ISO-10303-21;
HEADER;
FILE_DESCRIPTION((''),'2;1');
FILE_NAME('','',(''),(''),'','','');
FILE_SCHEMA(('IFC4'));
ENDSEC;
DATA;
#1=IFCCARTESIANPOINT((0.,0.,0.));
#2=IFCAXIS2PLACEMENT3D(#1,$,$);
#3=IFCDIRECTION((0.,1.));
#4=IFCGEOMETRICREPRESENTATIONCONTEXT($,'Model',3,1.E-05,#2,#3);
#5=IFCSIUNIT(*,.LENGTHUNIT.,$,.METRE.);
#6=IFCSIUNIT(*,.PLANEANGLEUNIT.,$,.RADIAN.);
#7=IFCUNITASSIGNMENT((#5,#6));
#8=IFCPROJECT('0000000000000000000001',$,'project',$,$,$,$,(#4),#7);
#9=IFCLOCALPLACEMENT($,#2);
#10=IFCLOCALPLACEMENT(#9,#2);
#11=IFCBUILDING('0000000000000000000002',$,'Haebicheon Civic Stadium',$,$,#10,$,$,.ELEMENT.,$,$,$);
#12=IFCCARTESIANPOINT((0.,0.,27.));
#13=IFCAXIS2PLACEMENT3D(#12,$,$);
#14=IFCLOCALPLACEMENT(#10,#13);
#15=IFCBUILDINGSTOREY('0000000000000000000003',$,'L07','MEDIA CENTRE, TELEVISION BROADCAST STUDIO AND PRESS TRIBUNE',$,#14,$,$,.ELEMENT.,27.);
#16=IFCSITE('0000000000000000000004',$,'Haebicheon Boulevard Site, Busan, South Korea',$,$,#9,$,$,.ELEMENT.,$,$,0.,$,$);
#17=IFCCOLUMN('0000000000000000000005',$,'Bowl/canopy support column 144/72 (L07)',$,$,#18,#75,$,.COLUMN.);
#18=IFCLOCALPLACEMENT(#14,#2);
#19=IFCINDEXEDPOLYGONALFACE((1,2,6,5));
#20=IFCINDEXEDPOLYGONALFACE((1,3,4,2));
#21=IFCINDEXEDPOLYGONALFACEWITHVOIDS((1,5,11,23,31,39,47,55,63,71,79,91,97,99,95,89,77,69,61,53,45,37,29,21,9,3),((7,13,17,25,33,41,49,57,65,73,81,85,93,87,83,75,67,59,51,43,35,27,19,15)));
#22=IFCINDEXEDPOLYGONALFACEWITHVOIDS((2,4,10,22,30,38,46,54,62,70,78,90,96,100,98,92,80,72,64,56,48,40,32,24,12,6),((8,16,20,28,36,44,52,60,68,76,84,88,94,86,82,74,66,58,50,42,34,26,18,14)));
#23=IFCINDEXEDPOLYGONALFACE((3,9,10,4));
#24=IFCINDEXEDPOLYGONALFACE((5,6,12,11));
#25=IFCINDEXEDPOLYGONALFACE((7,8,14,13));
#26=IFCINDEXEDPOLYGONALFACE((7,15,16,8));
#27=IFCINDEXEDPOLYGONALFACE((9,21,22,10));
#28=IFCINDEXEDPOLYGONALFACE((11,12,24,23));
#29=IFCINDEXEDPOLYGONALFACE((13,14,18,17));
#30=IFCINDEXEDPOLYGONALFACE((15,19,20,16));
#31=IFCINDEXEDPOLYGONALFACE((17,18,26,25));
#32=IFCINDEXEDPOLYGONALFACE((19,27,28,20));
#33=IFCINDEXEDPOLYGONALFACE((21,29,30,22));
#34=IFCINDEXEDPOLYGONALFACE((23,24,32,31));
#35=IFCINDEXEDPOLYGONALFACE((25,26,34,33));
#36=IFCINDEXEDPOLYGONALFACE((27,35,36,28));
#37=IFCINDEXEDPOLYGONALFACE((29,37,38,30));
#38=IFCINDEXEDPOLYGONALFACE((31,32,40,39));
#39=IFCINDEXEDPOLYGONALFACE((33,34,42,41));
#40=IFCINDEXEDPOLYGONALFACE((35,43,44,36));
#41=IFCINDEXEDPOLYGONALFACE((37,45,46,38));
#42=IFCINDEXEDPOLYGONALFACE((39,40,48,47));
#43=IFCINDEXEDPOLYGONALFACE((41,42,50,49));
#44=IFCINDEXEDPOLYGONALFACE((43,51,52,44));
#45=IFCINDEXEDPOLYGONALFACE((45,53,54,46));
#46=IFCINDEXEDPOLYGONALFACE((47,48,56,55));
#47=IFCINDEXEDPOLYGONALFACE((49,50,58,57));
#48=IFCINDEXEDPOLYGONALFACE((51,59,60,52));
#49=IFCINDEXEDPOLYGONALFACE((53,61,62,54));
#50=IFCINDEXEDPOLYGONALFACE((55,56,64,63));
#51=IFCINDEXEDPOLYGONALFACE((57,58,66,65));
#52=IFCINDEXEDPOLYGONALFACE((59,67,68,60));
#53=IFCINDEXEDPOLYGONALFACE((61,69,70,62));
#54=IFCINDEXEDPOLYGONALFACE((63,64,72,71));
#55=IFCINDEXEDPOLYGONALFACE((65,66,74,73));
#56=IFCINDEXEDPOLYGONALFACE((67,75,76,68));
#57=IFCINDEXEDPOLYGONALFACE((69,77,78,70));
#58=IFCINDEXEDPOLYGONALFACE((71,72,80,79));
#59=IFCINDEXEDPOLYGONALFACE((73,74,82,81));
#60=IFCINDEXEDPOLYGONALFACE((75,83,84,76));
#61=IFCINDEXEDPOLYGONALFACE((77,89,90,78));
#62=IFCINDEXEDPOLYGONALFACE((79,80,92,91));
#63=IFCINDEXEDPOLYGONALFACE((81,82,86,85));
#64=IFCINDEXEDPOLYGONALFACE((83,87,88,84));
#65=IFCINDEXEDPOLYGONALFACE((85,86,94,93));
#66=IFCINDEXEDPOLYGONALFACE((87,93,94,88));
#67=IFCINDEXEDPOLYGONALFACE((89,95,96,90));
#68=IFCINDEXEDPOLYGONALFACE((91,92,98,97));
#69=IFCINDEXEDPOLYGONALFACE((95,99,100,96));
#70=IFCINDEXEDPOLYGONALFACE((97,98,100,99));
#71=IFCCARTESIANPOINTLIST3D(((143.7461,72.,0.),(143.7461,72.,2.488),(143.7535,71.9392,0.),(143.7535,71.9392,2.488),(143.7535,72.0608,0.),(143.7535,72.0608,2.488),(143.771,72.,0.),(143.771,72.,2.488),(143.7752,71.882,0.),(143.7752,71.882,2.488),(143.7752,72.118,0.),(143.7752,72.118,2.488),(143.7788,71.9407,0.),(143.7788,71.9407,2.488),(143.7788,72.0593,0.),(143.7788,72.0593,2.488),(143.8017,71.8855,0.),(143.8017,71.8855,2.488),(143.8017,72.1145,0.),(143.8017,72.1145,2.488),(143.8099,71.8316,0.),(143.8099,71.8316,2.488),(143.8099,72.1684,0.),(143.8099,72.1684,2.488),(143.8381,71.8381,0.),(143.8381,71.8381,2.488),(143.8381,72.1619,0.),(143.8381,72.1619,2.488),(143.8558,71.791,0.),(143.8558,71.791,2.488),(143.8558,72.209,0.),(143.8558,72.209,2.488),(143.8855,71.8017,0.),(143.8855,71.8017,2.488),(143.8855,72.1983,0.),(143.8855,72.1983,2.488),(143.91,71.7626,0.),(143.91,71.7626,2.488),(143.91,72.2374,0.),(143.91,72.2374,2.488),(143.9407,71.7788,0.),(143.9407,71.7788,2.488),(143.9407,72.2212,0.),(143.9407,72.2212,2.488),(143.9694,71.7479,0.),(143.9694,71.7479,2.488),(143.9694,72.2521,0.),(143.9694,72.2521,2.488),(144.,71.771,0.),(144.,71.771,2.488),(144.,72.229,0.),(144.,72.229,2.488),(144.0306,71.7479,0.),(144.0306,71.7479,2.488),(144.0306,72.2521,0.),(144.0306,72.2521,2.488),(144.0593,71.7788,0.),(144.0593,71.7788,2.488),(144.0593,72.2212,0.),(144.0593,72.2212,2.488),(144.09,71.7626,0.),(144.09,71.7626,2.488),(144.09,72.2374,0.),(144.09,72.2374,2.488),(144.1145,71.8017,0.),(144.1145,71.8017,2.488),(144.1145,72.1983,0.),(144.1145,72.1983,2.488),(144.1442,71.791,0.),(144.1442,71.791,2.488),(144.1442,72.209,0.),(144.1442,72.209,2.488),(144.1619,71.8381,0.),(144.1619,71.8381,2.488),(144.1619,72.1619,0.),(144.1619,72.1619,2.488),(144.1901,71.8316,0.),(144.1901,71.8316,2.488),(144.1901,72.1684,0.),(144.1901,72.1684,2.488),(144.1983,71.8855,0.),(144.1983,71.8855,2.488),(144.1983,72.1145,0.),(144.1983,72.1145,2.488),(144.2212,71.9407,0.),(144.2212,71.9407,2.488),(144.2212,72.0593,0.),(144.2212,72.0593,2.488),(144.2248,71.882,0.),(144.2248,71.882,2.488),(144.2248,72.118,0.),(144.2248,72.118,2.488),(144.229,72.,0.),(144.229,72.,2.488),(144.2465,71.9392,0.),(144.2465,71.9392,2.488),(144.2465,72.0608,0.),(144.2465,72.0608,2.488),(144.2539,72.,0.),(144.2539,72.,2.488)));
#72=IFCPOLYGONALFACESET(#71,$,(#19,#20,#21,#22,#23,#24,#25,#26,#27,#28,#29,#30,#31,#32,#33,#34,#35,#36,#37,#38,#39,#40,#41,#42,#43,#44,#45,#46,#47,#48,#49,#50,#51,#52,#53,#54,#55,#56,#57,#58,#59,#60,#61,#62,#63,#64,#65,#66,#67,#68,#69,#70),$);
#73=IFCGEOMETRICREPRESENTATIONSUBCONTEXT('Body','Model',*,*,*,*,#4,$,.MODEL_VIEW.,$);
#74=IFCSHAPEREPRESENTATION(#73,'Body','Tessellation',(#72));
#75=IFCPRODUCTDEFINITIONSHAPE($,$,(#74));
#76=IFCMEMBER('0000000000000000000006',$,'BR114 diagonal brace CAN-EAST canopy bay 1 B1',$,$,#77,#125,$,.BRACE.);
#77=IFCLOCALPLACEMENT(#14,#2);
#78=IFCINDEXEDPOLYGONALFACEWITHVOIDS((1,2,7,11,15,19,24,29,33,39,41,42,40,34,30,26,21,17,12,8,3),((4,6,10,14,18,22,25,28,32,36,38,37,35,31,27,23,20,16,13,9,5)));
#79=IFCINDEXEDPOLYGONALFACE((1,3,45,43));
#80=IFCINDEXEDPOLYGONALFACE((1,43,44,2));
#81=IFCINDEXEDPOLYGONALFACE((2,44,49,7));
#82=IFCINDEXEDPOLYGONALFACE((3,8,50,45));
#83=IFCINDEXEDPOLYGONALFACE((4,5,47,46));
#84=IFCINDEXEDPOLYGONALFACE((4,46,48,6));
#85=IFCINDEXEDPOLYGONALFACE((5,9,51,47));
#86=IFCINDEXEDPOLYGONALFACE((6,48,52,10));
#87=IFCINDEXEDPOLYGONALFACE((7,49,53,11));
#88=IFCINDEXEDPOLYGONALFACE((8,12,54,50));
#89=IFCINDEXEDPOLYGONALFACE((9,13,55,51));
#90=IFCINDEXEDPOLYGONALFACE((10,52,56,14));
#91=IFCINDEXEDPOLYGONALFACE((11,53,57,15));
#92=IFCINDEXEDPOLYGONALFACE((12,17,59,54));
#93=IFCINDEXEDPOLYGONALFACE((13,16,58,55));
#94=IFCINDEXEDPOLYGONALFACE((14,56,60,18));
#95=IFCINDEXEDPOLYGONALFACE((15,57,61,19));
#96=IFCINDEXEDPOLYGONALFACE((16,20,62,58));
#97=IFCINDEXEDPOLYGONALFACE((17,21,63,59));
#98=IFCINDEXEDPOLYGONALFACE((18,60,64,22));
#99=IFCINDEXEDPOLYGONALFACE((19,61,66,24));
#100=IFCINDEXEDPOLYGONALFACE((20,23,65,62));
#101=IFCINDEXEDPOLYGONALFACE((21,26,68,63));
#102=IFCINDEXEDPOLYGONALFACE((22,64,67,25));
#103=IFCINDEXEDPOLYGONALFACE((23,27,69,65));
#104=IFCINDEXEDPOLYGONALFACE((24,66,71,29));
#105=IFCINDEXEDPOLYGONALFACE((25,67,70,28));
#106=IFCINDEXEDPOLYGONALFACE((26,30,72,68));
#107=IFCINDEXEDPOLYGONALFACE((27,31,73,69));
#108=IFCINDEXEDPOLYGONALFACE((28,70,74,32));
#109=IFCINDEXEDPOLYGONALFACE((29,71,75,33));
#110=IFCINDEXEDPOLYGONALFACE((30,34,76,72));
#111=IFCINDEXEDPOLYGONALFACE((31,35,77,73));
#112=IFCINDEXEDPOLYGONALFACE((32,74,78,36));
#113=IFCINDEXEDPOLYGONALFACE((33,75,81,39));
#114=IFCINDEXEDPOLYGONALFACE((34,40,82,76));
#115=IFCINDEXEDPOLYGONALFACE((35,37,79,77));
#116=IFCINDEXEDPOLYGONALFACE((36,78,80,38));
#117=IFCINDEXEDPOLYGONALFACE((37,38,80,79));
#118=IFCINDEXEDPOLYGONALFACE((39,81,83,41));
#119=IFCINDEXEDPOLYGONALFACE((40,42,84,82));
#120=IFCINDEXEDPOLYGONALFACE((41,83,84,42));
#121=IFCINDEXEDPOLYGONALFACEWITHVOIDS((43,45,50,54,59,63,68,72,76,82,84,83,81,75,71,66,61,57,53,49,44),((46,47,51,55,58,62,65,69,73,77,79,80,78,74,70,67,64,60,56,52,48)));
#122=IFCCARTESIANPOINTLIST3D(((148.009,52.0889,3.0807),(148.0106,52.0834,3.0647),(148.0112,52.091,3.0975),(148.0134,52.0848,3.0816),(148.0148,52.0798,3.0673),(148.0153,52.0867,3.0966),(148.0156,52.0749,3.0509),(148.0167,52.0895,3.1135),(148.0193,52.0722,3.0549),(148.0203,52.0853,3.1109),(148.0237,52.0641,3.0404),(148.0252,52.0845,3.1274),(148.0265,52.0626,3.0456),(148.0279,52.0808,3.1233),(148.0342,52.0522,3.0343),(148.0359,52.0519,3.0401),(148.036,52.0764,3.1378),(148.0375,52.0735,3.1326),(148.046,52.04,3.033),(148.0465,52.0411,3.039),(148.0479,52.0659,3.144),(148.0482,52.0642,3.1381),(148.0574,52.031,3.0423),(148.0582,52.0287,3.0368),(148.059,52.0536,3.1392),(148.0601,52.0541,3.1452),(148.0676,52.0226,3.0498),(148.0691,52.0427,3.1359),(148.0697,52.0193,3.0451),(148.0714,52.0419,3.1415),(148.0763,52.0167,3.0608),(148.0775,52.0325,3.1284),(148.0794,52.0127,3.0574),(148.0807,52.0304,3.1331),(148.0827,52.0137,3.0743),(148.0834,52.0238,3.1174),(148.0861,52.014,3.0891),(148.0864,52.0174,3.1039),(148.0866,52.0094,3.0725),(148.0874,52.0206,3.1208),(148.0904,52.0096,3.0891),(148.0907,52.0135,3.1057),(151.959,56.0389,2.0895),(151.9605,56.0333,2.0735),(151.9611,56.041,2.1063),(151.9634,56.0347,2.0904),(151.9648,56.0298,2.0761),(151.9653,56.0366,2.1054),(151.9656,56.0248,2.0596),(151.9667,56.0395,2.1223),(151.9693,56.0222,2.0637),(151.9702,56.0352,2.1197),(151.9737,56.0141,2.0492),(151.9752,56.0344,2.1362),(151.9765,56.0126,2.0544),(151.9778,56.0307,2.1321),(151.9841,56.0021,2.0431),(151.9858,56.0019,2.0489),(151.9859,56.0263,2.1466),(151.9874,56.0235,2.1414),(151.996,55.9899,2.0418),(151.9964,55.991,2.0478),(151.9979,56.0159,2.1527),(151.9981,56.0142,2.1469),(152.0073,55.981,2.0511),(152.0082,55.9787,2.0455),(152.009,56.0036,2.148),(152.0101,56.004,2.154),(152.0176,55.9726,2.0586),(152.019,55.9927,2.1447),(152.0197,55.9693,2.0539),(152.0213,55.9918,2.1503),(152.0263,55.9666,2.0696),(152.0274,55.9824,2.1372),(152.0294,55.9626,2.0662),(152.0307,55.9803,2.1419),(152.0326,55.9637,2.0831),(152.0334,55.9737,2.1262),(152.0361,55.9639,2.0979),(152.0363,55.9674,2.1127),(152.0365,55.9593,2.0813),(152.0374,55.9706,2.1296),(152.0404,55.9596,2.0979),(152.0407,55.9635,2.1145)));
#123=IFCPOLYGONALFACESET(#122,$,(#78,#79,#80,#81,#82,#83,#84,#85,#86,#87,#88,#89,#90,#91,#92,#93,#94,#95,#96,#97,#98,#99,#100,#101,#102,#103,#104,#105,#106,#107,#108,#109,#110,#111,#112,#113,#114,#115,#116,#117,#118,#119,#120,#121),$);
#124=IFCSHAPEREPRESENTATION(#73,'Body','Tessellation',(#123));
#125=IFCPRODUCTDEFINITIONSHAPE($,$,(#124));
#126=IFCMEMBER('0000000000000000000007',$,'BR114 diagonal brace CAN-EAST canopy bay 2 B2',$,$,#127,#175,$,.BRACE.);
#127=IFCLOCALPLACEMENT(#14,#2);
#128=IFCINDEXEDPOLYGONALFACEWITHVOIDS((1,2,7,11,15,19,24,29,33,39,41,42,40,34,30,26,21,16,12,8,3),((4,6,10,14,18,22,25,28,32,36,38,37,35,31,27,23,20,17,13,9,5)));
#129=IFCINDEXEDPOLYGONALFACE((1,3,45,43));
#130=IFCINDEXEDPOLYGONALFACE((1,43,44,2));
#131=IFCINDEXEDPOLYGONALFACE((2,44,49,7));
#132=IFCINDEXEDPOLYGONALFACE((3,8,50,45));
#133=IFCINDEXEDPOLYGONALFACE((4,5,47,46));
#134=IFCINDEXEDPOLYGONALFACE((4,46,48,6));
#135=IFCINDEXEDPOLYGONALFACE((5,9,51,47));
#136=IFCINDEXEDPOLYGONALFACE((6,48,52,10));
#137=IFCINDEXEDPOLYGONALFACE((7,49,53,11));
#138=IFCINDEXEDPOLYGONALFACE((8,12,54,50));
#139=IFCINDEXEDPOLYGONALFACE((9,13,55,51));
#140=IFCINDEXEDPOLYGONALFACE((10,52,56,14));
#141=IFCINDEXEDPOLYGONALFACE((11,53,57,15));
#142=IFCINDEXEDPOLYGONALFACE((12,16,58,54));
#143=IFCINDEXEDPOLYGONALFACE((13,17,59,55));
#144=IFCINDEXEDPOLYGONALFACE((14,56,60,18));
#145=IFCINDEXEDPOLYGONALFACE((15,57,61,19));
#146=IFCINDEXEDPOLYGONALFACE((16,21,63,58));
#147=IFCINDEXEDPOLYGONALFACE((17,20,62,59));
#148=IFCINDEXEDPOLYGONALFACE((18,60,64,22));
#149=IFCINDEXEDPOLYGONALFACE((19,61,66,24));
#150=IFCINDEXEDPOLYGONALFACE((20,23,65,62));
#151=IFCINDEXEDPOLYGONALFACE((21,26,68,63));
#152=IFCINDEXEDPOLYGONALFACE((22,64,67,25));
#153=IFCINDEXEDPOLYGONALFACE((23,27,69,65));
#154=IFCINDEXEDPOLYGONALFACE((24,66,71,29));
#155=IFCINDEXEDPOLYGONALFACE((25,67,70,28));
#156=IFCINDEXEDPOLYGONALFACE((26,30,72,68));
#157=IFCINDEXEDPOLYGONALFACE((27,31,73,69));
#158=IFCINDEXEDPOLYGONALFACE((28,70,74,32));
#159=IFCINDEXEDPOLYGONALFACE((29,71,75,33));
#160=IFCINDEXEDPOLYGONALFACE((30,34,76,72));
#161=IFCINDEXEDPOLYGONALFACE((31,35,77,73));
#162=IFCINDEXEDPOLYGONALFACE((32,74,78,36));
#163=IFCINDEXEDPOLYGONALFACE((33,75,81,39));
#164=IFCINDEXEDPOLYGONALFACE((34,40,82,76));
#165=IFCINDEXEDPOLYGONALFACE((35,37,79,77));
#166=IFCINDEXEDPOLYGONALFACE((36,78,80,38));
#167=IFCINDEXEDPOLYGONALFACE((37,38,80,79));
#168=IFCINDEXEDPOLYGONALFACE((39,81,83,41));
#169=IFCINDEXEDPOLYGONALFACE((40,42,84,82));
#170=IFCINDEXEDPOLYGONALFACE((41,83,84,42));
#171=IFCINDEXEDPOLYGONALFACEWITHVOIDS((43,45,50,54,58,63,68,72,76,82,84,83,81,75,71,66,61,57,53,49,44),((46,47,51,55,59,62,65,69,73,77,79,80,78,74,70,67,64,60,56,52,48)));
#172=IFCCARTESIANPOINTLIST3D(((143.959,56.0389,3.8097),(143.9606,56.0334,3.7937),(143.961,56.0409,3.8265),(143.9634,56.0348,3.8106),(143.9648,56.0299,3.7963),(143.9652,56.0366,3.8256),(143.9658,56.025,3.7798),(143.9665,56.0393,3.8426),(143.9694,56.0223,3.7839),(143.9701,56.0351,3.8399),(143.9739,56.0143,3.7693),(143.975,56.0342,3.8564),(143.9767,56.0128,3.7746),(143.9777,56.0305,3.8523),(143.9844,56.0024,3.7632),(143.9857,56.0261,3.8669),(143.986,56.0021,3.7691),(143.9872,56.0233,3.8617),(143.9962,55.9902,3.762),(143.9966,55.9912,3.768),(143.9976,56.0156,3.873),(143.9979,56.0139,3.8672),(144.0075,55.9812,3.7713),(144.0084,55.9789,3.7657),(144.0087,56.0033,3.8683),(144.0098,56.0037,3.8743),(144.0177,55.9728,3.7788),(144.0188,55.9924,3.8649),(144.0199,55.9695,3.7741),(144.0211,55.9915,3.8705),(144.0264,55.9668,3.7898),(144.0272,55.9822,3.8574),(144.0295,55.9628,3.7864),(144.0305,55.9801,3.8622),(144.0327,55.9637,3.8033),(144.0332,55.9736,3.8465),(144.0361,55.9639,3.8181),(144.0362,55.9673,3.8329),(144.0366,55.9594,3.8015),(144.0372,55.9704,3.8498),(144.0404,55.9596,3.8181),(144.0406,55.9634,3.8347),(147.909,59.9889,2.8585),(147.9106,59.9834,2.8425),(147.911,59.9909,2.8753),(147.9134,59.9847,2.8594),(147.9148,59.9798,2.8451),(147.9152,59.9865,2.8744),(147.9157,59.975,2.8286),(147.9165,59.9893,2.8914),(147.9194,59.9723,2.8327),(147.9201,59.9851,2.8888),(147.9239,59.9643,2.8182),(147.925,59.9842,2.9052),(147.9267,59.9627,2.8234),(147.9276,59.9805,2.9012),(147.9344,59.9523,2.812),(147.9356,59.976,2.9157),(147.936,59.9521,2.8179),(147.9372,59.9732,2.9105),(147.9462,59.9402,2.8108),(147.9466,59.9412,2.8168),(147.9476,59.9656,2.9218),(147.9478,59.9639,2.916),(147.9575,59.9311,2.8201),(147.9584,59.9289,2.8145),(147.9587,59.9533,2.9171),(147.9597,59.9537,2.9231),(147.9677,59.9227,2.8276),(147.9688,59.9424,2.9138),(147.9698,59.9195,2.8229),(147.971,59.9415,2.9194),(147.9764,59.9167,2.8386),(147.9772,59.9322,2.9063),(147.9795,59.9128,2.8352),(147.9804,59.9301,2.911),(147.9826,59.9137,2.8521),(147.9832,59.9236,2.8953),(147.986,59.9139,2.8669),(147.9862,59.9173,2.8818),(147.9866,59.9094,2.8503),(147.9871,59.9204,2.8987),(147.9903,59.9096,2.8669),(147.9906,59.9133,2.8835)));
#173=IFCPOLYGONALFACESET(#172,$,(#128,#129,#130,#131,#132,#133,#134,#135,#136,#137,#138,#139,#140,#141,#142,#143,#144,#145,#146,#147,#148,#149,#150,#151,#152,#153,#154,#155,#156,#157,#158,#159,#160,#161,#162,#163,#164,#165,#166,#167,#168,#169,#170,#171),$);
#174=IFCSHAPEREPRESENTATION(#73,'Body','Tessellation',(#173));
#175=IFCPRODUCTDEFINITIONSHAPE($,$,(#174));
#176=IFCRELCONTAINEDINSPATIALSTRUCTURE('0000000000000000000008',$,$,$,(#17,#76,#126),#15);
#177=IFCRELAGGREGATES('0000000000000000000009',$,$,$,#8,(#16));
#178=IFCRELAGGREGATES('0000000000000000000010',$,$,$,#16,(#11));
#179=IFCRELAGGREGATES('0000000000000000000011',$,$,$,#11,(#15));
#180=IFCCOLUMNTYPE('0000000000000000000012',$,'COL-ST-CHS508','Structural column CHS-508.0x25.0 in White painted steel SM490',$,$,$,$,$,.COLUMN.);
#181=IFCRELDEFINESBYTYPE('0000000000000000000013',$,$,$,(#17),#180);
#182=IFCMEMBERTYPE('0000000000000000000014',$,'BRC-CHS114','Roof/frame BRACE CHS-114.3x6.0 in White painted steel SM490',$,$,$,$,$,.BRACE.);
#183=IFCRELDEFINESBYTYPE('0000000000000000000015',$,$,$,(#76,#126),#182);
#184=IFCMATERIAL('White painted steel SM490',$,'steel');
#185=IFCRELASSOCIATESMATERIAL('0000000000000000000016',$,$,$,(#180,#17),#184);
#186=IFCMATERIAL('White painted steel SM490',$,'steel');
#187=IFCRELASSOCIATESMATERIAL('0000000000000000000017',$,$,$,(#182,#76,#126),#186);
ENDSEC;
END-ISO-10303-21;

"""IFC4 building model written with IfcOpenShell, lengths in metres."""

from ifc_helpers import new_model, si_unit, direction, frame, origin, origin_2d, place, context, subcontext, project, spatial, hollow_circle, extrude, material, material_profile, profile_set, type_object, element, save


model = new_model("IFC4")

# Units and contexts
model_context = context("Model", 3, precision=1e-05, world=origin(), true_north=direction((0.0, 1.0)))
body_context = subcontext(model_context, "Body", "Model", "MODEL_VIEW")
ifc_project = project(units=[si_unit("LENGTHUNIT", "METRE"), si_unit("PLANEANGLEUNIT", "RADIAN")], contexts=[model_context])

# Site, building, storey
site_placement = place(None, origin())
site = spatial("IfcSite", under=ifc_project, at=site_placement, Name="Haebicheon Boulevard Site, Busan, South Korea", CompositionType="ELEMENT", RefElevation=0.0)
building_placement = place(site_placement, origin())
building = spatial("IfcBuilding", under=site, at=building_placement, Name="Haebicheon Civic Stadium", CompositionType="ELEMENT")
storey_placement = place(building_placement, frame((0.0, 0.0, 27.0)))
storey = spatial("IfcBuildingStorey", under=building, at=storey_placement, Name="L07", Description="MEDIA CENTRE, TELEVISION BROADCAST STUDIO AND PRESS TRIBUNE", CompositionType="ELEMENT", Elevation=27.0)

# Column
ifc_material_1 = material(Name="White painted steel SM490", Category="steel")
ifc_material_profile_1 = material_profile(ifc_material_1, hollow_circle(Radius=0.2539, WallThickness=0.0249, at=origin_2d()), Name="CHS-508.0x25.0")
ifc_profile_set_1 = profile_set([ifc_material_profile_1], Name="White painted steel SM490")
column_type = type_object("IfcColumnType", Name="COL-ST-CHS508", Description="Structural column CHS-508.0x25.0 in White painted steel SM490", PredefinedType="COLUMN", material=ifc_profile_set_1)
column_placement = place(storey_placement, frame((144.0, 72.0, 0.0), z_axis=(0.0, 0.0, 1.0), x_axis=(1.0, 0.0, 0.0)))
element("IfcColumn", 1, at=column_placement, inside=storey, type_object=column_type, material=ifc_profile_set_1, Name="Bowl/canopy support column 144/72 (L07)", PredefinedType="COLUMN", context=body_context, shape_type="SweptSolid", body=[
    extrude(hollow_circle(Radius=0.2539, WallThickness=0.0249, at=origin_2d()), origin(), (0.0, 0.0, 1.0), 2.488),
])

# Members
ifc_material_2 = material(Name="White painted steel SM490", Category="steel")
ifc_material_profile_2 = material_profile(ifc_material_2, hollow_circle(Radius=0.0571, WallThickness=0.0061, at=origin_2d()), Name="CHS-114.3x6.0")
ifc_profile_set_2 = profile_set([ifc_material_profile_2], Name="White painted steel SM490")
member_type_1 = type_object("IfcMemberType", Name="BRC-CHS114", Description="Roof/frame BRACE CHS-114.3x6.0 in White painted steel SM490", PredefinedType="BRACE", material=ifc_profile_set_2)
member_1_placement = place(storey_placement, frame((152.0, 56.0, 2.0979), z_axis=(-0.696231, -0.696231, 0.174714), x_axis=(0.707107, -0.707107, 0.0)))
element("IfcMember", 2, at=member_1_placement, inside=storey, type_object=member_type_1, material=ifc_profile_set_2, Name="BR114 diagonal brace CAN-EAST canopy bay 1 B1", PredefinedType="BRACE", context=body_context, shape_type="SweptSolid", body=[
    extrude(hollow_circle(Radius=0.0571, WallThickness=0.0061, at=origin_2d()), origin(), (0.0, 0.0, 1.0), 5.6733),
])
member_2_placement = place(storey_placement, frame((147.95, 59.95, 2.8669), z_axis=(-0.697074, -0.697074, 0.167859), x_axis=(0.707107, -0.707107, 0.0)))
element("IfcMember", 3, at=member_2_placement, inside=storey, type_object=member_type_1, material=ifc_profile_set_2, Name="BR114 diagonal brace CAN-EAST canopy bay 2 B2", PredefinedType="BRACE", context=body_context, shape_type="SweptSolid", body=[
    extrude(hollow_circle(Radius=0.0571, WallThickness=0.0061, at=origin_2d()), origin(), (0.0, 0.0, 1.0), 5.6665),
])

save(model, "model.ifc")
